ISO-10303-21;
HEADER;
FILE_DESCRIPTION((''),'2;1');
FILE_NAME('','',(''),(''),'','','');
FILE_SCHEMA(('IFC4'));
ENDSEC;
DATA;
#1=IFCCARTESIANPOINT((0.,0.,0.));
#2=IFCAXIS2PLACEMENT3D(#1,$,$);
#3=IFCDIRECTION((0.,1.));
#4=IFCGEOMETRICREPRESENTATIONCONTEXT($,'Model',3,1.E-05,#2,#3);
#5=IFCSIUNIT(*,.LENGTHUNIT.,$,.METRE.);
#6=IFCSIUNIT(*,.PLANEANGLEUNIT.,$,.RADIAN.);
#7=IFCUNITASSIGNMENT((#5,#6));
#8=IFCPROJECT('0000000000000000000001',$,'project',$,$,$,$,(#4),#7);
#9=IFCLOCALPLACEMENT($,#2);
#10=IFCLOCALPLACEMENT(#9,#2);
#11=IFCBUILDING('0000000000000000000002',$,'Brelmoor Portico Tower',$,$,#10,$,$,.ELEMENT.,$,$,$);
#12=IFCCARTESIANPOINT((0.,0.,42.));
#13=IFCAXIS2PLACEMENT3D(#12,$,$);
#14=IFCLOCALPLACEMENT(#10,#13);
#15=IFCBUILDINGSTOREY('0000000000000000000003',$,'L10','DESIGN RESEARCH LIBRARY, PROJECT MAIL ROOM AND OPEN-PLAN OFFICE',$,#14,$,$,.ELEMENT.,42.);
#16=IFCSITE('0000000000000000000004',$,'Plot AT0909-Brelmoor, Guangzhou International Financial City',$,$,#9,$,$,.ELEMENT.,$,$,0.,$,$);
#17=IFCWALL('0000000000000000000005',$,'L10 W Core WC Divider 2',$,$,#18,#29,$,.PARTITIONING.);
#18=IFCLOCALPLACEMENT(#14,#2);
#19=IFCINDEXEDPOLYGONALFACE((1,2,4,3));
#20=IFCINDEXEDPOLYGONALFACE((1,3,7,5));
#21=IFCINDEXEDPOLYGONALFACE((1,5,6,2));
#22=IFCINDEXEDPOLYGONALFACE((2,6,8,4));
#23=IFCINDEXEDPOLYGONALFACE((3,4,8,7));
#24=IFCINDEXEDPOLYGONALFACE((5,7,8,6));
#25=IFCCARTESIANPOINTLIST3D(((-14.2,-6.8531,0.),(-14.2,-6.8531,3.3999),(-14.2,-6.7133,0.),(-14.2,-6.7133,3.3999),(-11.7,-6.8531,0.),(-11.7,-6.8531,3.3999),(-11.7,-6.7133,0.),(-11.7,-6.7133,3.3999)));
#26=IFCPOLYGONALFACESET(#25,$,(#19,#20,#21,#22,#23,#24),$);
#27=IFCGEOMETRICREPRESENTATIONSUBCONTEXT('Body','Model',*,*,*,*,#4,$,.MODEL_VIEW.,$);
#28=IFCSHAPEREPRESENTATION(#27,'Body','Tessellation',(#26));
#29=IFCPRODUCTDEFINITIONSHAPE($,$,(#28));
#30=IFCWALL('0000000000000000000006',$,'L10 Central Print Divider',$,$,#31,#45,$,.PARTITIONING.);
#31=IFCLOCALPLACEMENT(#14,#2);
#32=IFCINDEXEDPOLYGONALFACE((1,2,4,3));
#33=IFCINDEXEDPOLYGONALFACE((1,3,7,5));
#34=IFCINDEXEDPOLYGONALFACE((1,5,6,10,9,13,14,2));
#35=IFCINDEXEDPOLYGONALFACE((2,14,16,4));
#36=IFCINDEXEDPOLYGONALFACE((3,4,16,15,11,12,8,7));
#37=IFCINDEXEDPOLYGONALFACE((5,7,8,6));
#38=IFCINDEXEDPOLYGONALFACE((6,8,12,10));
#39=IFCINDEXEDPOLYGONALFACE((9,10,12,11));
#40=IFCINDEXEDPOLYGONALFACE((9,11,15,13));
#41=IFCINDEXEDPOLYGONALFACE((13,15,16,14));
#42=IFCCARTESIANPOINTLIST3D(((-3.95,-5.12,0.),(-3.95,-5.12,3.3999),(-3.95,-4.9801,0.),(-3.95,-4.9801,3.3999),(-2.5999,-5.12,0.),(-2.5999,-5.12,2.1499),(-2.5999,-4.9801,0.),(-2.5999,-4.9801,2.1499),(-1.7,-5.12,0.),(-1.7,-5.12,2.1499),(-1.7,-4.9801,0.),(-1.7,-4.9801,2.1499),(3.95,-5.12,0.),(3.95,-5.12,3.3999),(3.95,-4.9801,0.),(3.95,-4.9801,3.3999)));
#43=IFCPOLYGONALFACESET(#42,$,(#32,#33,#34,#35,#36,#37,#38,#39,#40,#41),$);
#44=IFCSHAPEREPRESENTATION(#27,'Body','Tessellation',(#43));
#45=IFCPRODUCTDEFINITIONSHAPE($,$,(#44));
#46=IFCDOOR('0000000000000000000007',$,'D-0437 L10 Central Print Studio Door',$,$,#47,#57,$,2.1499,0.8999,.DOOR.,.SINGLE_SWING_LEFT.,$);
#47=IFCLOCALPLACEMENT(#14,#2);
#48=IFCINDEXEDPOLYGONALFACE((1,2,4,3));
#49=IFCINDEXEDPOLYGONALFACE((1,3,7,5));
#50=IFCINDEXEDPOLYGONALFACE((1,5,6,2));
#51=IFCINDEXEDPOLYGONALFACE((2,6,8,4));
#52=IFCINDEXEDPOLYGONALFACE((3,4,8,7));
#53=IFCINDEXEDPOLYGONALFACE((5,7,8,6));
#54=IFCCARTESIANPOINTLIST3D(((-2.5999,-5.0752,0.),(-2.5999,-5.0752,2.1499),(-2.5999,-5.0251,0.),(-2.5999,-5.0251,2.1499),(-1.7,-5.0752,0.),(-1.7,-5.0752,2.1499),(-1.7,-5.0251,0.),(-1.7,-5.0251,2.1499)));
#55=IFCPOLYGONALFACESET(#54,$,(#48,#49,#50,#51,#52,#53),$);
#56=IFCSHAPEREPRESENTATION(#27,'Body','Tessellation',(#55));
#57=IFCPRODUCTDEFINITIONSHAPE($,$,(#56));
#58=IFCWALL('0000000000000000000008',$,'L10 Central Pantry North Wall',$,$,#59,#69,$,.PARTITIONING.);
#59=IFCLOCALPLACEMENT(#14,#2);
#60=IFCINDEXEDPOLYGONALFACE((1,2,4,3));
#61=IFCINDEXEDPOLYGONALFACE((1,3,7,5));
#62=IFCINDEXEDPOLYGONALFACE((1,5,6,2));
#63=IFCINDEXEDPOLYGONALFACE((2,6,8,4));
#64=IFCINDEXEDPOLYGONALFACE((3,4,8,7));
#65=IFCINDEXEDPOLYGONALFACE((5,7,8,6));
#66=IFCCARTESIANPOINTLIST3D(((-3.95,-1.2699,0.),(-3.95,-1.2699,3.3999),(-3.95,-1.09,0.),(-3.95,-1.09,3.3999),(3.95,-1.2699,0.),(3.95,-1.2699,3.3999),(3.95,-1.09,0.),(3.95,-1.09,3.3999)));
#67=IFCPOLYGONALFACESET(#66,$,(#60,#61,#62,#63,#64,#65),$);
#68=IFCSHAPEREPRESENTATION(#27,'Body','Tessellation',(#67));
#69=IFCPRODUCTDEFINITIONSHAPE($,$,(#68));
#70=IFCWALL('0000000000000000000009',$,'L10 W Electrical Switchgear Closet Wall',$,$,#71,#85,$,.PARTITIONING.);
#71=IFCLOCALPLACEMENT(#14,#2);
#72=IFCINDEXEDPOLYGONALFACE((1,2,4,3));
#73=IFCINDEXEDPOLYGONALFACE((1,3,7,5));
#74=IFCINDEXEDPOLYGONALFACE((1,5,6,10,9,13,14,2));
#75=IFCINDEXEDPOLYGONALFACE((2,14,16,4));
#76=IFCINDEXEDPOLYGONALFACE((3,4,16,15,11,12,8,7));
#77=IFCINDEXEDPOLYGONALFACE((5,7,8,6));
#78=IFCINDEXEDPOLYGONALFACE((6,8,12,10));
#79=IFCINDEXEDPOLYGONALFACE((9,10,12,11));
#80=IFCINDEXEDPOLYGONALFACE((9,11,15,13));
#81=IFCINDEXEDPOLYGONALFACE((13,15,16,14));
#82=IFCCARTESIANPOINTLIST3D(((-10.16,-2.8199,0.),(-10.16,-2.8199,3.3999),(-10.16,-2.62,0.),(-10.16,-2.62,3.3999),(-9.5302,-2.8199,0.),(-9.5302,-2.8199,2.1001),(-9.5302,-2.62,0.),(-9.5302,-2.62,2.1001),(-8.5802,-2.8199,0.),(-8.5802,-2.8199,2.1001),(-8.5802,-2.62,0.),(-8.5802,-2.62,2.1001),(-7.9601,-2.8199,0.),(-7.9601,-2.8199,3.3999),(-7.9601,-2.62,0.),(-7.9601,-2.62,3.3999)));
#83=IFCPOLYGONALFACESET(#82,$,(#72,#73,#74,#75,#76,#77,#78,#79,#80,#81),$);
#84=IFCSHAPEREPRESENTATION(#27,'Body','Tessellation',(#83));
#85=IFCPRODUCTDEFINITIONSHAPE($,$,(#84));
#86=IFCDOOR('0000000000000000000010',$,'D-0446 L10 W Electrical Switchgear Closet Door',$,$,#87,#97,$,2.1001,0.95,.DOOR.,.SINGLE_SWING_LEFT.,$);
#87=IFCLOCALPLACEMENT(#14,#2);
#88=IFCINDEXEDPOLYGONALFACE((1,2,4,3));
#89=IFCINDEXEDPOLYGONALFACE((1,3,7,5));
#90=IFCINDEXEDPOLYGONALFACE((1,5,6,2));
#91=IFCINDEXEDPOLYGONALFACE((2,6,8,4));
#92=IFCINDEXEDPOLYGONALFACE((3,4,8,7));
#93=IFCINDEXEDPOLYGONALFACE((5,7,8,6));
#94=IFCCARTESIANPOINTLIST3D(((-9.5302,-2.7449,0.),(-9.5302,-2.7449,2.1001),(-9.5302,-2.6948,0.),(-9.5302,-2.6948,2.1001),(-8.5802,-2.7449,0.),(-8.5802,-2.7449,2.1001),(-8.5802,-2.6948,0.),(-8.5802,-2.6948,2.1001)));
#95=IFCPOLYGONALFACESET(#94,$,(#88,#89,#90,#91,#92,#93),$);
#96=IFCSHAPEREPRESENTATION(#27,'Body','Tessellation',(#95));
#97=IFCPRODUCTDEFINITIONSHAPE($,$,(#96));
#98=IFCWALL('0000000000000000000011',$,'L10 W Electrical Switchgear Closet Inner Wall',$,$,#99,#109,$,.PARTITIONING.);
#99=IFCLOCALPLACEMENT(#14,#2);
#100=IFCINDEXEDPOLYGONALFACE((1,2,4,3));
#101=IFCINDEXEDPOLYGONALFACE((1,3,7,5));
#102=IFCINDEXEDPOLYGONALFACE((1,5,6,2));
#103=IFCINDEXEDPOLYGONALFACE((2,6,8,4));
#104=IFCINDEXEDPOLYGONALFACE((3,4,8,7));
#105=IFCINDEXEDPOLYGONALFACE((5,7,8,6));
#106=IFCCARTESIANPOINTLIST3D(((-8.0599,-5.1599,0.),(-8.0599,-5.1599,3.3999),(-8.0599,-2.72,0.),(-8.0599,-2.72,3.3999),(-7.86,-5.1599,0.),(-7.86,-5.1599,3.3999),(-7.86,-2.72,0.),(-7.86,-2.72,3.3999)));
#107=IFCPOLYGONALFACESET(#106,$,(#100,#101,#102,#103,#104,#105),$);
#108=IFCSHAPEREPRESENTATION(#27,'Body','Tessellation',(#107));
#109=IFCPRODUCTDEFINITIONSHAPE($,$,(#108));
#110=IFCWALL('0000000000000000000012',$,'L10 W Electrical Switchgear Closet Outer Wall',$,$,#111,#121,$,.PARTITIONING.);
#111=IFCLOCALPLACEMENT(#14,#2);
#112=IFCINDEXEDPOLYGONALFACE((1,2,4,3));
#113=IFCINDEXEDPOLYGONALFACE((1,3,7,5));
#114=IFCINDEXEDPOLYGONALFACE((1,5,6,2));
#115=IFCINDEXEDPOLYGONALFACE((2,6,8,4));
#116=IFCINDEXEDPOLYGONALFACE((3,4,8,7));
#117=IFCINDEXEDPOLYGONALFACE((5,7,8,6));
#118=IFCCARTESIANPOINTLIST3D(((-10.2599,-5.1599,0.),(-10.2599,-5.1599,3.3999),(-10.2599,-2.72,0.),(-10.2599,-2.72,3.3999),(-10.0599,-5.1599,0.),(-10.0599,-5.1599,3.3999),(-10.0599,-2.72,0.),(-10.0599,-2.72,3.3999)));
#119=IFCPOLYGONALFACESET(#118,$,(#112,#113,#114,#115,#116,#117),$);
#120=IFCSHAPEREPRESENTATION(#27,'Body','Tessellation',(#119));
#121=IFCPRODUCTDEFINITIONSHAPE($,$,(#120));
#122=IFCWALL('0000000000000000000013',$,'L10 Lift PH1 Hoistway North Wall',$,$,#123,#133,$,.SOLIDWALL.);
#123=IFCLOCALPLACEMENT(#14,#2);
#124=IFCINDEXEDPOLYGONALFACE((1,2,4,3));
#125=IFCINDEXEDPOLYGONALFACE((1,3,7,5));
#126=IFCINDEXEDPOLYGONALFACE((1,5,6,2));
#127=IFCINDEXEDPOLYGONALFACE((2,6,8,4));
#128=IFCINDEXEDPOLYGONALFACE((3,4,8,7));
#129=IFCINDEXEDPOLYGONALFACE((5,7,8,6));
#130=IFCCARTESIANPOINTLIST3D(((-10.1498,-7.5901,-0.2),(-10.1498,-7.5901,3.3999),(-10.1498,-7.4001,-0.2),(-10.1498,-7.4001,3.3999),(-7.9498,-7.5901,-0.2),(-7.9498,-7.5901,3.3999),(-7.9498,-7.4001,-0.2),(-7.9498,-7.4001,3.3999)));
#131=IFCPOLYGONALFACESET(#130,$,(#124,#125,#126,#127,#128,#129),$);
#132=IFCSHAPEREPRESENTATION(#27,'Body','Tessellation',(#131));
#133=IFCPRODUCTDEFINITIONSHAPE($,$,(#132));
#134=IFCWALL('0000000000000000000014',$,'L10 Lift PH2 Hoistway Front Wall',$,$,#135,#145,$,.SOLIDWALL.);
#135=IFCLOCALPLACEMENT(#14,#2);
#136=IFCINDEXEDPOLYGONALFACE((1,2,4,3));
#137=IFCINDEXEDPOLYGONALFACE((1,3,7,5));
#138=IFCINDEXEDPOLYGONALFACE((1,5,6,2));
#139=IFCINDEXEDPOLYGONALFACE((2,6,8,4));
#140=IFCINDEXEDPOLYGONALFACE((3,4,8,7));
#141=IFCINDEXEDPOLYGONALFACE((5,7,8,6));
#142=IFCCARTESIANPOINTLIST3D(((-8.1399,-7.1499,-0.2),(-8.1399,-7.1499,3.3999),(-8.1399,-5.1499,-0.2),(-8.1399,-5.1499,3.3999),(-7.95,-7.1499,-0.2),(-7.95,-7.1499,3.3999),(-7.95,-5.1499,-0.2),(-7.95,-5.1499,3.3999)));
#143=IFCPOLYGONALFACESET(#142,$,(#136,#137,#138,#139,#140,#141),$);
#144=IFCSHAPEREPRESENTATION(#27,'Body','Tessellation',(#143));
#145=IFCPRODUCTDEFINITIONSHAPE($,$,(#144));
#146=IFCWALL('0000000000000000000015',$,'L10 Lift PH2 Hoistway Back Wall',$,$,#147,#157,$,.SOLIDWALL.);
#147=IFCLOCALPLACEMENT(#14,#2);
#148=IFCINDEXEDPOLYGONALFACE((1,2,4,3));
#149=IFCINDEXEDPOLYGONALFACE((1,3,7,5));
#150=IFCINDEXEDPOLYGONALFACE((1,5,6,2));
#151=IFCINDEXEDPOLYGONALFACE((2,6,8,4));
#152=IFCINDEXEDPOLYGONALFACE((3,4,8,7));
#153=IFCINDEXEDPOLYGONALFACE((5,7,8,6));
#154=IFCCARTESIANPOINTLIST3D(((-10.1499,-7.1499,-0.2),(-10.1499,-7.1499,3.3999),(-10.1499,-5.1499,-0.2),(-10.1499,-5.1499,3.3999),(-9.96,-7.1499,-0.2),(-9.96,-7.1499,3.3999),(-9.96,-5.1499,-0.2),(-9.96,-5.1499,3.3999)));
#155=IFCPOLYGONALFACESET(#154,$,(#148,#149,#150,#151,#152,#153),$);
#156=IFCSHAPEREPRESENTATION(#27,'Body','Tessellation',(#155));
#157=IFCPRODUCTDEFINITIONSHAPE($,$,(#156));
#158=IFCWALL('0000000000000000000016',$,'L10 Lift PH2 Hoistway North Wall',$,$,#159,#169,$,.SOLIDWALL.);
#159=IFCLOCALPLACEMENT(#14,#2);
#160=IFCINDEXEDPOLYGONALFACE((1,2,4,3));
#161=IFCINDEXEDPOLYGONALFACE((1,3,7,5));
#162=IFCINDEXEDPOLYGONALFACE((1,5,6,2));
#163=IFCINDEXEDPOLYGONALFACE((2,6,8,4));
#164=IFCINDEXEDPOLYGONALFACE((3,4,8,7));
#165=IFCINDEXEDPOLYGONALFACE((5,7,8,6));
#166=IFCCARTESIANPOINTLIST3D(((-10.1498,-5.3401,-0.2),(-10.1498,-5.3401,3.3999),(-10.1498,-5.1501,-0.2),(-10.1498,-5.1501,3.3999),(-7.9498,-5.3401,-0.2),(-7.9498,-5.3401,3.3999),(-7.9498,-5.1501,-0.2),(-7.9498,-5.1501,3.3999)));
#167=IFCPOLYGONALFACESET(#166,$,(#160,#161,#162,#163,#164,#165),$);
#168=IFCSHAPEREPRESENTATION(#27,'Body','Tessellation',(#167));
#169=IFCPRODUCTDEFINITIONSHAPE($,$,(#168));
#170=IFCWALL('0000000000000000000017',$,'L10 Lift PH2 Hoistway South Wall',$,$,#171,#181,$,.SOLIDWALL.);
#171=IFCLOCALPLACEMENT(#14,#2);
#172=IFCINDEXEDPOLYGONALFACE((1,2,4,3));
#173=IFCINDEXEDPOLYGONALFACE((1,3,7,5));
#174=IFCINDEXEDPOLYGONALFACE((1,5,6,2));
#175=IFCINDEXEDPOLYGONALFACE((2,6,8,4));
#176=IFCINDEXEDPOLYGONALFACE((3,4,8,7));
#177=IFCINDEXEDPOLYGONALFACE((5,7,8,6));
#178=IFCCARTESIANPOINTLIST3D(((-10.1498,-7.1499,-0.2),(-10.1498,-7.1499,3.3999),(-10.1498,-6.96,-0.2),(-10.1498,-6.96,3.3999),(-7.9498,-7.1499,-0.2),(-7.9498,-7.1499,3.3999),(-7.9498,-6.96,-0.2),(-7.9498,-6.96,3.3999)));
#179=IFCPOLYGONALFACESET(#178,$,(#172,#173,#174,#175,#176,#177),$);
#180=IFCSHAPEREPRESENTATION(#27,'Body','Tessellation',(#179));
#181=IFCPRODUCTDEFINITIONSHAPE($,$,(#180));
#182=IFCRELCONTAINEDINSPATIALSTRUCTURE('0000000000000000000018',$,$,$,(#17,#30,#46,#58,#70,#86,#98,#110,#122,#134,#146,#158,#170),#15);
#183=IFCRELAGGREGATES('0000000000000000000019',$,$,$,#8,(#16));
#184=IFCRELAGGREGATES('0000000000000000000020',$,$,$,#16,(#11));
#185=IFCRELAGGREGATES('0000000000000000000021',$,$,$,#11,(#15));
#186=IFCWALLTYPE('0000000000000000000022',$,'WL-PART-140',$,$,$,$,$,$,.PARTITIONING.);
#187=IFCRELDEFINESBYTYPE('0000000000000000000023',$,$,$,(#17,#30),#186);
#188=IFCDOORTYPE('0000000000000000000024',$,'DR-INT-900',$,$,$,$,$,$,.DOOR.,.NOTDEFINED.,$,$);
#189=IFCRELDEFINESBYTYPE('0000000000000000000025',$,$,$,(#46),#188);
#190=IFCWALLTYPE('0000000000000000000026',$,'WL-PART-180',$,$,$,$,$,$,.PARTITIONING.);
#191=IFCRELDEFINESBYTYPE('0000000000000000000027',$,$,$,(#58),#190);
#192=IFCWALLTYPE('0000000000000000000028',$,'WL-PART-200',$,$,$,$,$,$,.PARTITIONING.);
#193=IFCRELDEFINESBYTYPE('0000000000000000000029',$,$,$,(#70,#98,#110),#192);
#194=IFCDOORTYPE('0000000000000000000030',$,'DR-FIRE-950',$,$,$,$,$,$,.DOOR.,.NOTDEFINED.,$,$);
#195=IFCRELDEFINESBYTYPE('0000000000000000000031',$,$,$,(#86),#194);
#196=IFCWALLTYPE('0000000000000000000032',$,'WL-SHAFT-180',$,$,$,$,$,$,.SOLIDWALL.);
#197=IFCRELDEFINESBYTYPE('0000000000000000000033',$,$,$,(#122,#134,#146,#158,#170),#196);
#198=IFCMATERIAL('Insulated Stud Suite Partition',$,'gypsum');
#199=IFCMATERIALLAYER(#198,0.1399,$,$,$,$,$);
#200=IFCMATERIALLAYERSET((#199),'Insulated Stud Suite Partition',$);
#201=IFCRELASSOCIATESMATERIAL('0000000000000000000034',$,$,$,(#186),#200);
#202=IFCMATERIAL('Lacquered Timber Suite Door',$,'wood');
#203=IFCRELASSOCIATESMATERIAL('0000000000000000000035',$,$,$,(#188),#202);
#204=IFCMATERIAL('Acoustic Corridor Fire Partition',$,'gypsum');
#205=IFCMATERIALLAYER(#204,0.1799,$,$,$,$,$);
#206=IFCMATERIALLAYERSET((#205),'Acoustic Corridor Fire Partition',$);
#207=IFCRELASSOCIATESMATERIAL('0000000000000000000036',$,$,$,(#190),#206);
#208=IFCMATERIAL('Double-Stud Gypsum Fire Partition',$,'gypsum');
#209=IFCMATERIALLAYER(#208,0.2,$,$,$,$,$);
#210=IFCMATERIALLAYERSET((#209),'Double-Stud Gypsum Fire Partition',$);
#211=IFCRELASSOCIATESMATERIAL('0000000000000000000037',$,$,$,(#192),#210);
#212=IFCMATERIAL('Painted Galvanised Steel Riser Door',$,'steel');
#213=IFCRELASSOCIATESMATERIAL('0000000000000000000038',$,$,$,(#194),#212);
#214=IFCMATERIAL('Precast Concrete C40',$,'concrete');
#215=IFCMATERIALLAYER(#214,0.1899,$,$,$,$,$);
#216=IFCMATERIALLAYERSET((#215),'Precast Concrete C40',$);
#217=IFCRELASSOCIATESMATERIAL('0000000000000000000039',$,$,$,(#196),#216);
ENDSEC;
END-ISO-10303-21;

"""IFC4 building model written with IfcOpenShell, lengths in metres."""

from ifc_helpers import new_model, si_unit, direction, frame, frame_2d, origin, place, context, subcontext, project, spatial, rectangle, extrude, material, layer, layer_set, type_object, element, fill, save


model = new_model("IFC4")

# Units and contexts
model_context = context("Model", 3, precision=1e-05, world=origin(), true_north=direction((0.0, 1.0)))
body_context = subcontext(model_context, "Body", "Model", "MODEL_VIEW")
ifc_project = project(units=[si_unit("LENGTHUNIT", "METRE"), si_unit("PLANEANGLEUNIT", "RADIAN")], contexts=[model_context])

# Site, building, storey
site_placement = place(None, origin())
site = spatial("IfcSite", under=ifc_project, at=site_placement, Name="Plot AT0909-Brelmoor, Guangzhou International Financial City", CompositionType="ELEMENT", RefElevation=0.0)
building_placement = place(site_placement, origin())
building = spatial("IfcBuilding", under=site, at=building_placement, Name="Brelmoor Portico Tower", CompositionType="ELEMENT")
storey_placement = place(building_placement, frame((0.0, 0.0, 42.0)))
storey = spatial("IfcBuildingStorey", under=building, at=storey_placement, Name="L10", Description="DESIGN RESEARCH LIBRARY, PROJECT MAIL ROOM AND OPEN-PLAN OFFICE", CompositionType="ELEMENT", Elevation=42.0)

# Wall
ifc_material_1 = material(Name="Insulated Stud Suite Partition", Category="gypsum")
ifc_layer_1 = layer(ifc_material_1, 0.1399)
ifc_layer_set_1 = layer_set([ifc_layer_1], Name="Insulated Stud Suite Partition")
wall_type_1 = type_object("IfcWallType", Name="WL-PART-140", PredefinedType="PARTITIONING", material=ifc_layer_set_1)
wall_1_placement = place(storey_placement, frame((-11.7, -6.7832, 0.0), z_axis=(0.0, 0.0, 1.0), x_axis=(-1.0, 0.0, 0.0)))
element("IfcWall", 1, at=wall_1_placement, inside=storey, type_object=wall_type_1, Name="L10 W Core WC Divider 2", PredefinedType="PARTITIONING", context=body_context, shape_type="SweptSolid", body=[
    extrude(rectangle(XDim=2.5, YDim=0.1399, at=frame_2d((1.25, 0.0))), origin(), (0.0, 0.0, 1.0), 3.3999),
])

# Wall, opening, door
wall_2_placement = place(storey_placement, frame((-3.95, -5.05, 0.0), z_axis=(0.0, 0.0, 1.0), x_axis=(1.0, 0.0, 0.0)))
wall_2 = element("IfcWall", 2, at=wall_2_placement, inside=storey, type_object=wall_type_1, Name="L10 Central Print Divider", PredefinedType="PARTITIONING", context=body_context, shape_type="SweptSolid", body=[
    extrude(rectangle(XDim=7.8999, YDim=0.1399, at=frame_2d((3.95, 0.0))), origin(), (0.0, 0.0, 1.0), 3.3999),
])
opening_1_placement = place(wall_2_placement, frame((1.3501, 0.0, 0.0)))
opening_1 = element("IfcOpeningElement", 3, at=opening_1_placement, cuts=wall_2, PredefinedType="OPENING", context=body_context, shape_type="SweptSolid", body=[
    extrude(rectangle(XDim=0.8999, YDim=2.1499, at=frame_2d((0.45, 1.075))), frame((0.0, 0.0798, 0.0), z_axis=(0.0, -1.0, 0.0), x_axis=(1.0, 0.0, 0.0)), (0.0, 0.0, 1.0), 0.1599),
])
ifc_material_2 = material(Name="Lacquered Timber Suite Door", Category="wood")
door_type_1 = type_object("IfcDoorType", Name="DR-INT-900", OperationType="NOTDEFINED", PredefinedType="DOOR", material=ifc_material_2)
door_1_placement = place(opening_1_placement, origin())
door_1 = element("IfcDoor", 4, at=door_1_placement, inside=storey, type_object=door_type_1, Name="D-0437 L10 Central Print Studio Door", OperationType="SINGLE_SWING_LEFT", OverallHeight=2.1499, OverallWidth=0.8999, PredefinedType="DOOR", context=body_context, shape_type="SweptSolid", body=[
    extrude(rectangle(XDim=0.8999, YDim=2.1499, at=frame_2d((0.45, 1.075))), frame((0.0, 0.0249, 0.0), z_axis=(0.0, -1.0, 0.0), x_axis=(1.0, 0.0, 0.0)), (0.0, 0.0, 1.0), 0.05),
])
fill(opening_1, door_1)

# Wall
ifc_material_3 = material(Name="Acoustic Corridor Fire Partition", Category="gypsum")
ifc_layer_2 = layer(ifc_material_3, 0.1799)
ifc_layer_set_2 = layer_set([ifc_layer_2], Name="Acoustic Corridor Fire Partition")
wall_type_2 = type_object("IfcWallType", Name="WL-PART-180", PredefinedType="PARTITIONING", material=ifc_layer_set_2)
wall_3_placement = place(storey_placement, frame((-3.95, -1.1799, 0.0), z_axis=(0.0, 0.0, 1.0), x_axis=(1.0, 0.0, 0.0)))
element("IfcWall", 5, at=wall_3_placement, inside=storey, type_object=wall_type_2, Name="L10 Central Pantry North Wall", PredefinedType="PARTITIONING", context=body_context, shape_type="SweptSolid", body=[
    extrude(rectangle(XDim=7.8999, YDim=0.1799, at=frame_2d((3.95, 0.0))), origin(), (0.0, 0.0, 1.0), 3.3999),
])

# Wall, opening, door
ifc_material_4 = material(Name="Double-Stud Gypsum Fire Partition", Category="gypsum")
ifc_layer_3 = layer(ifc_material_4, 0.2)
ifc_layer_set_3 = layer_set([ifc_layer_3], Name="Double-Stud Gypsum Fire Partition")
wall_type_3 = type_object("IfcWallType", Name="WL-PART-200", PredefinedType="PARTITIONING", material=ifc_layer_set_3)
wall_4_placement = place(storey_placement, frame((-7.96, -2.72, 0.0), z_axis=(0.0, 0.0, 1.0), x_axis=(-1.0, 0.0, 0.0)))
wall_4 = element("IfcWall", 6, at=wall_4_placement, inside=storey, type_object=wall_type_3, Name="L10 W Electrical Switchgear Closet Wall", PredefinedType="PARTITIONING", context=body_context, shape_type="SweptSolid", body=[
    extrude(rectangle(XDim=2.2, YDim=0.2, at=frame_2d((1.1001, 0.0))), origin(), (0.0, 0.0, 1.0), 3.3999),
])
opening_2_placement = place(wall_4_placement, frame((0.6201, 0.0, 0.0)))
opening_2 = element("IfcOpeningElement", 7, at=opening_2_placement, cuts=wall_4, PredefinedType="OPENING", context=body_context, shape_type="SweptSolid", body=[
    extrude(rectangle(XDim=0.95, YDim=2.1001, at=frame_2d((0.4751, 1.05))), frame((0.0, 0.1099, 0.0), z_axis=(0.0, -1.0, 0.0), x_axis=(1.0, 0.0, 0.0)), (0.0, 0.0, 1.0), 0.22),
])
ifc_material_5 = material(Name="Painted Galvanised Steel Riser Door", Category="steel")
door_type_2 = type_object("IfcDoorType", Name="DR-FIRE-950", OperationType="NOTDEFINED", PredefinedType="DOOR", material=ifc_material_5)
door_2_placement = place(opening_2_placement, origin())
door_2 = element("IfcDoor", 8, at=door_2_placement, inside=storey, type_object=door_type_2, Name="D-0446 L10 W Electrical Switchgear Closet Door", OperationType="SINGLE_SWING_LEFT", OverallHeight=2.1001, OverallWidth=0.95, PredefinedType="DOOR", context=body_context, shape_type="SweptSolid", body=[
    extrude(rectangle(XDim=0.95, YDim=2.1001, at=frame_2d((0.4751, 1.05))), frame((0.0, 0.0249, 0.0), z_axis=(0.0, -1.0, 0.0), x_axis=(1.0, 0.0, 0.0)), (0.0, 0.0, 1.0), 0.05),
])
fill(opening_2, door_2)

# Walls
for number, where, z_axis, x_axis, name in (
    (9, (-7.96, -5.1599, 0.0), (0.0, 0.0, 1.0), (0.0, 1.0, 0.0), "L10 W Electrical Switchgear Closet Inner Wall"),
    (10, (-10.1599, -5.1599, 0.0), (0.0, 0.0, 1.0), (0.0, 1.0, 0.0), "L10 W Electrical Switchgear Closet Outer Wall"),
):
    element("IfcWall", number, at=place(storey_placement, frame(where, z_axis=z_axis, x_axis=x_axis)), inside=storey, type_object=wall_type_3, Name=name, PredefinedType="PARTITIONING", context=body_context, shape_type="SweptSolid", body=[
        extrude(rectangle(XDim=2.4399, YDim=0.2, at=frame_2d((1.22, 0.0))), origin(), (0.0, 0.0, 1.0), 3.3999),
    ])
ifc_material_6 = material(Name="Precast Concrete C40", Category="concrete")
ifc_layer_4 = layer(ifc_material_6, 0.1899)
ifc_layer_set_4 = layer_set([ifc_layer_4], Name="Precast Concrete C40")
wall_type_4 = type_object("IfcWallType", Name="WL-SHAFT-180", PredefinedType="SOLIDWALL", material=ifc_layer_set_4)
wall_5_placement = place(storey_placement, frame((-10.1499, -7.4951, -0.2), z_axis=(0.0, 0.0, 1.0), x_axis=(1.0, 0.0, 0.0)))
element("IfcWall", 11, at=wall_5_placement, inside=storey, type_object=wall_type_4, Name="L10 Lift PH1 Hoistway North Wall", PredefinedType="SOLIDWALL", context=body_context, shape_type="SweptSolid", body=[
    extrude(rectangle(XDim=2.2, YDim=0.1899, at=frame_2d((1.1001, 0.0))), origin(), (0.0, 0.0, 1.0), 3.5999),
])
for number, where, z_axis, x_axis, name in (
    (12, (-8.0449, -7.1499, -0.2), (0.0, 0.0, 1.0), (0.0, 1.0, 0.0), "L10 Lift PH2 Hoistway Front Wall"),
    (13, (-10.0549, -7.1499, -0.2), (0.0, 0.0, 1.0), (0.0, 1.0, 0.0), "L10 Lift PH2 Hoistway Back Wall"),
):
    element("IfcWall", number, at=place(storey_placement, frame(where, z_axis=z_axis, x_axis=x_axis)), inside=storey, type_object=wall_type_4, Name=name, PredefinedType="SOLIDWALL", context=body_context, shape_type="SweptSolid", body=[
        extrude(rectangle(XDim=2.0, YDim=0.1899, at=frame_2d((1.0, 0.0))), origin(), (0.0, 0.0, 1.0), 3.5999),
    ])
for number, where, z_axis, x_axis, name in (
    (14, (-10.1499, -5.2451, -0.2), (0.0, 0.0, 1.0), (1.0, 0.0, 0.0), "L10 Lift PH2 Hoistway North Wall"),
    (15, (-10.1499, -7.0549, -0.2), (0.0, 0.0, 1.0), (1.0, 0.0, 0.0), "L10 Lift PH2 Hoistway South Wall"),
):
    element("IfcWall", number, at=place(storey_placement, frame(where, z_axis=z_axis, x_axis=x_axis)), inside=storey, type_object=wall_type_4, Name=name, PredefinedType="SOLIDWALL", context=body_context, shape_type="SweptSolid", body=[
        extrude(rectangle(XDim=2.2, YDim=0.1899, at=frame_2d((1.1001, 0.0))), origin(), (0.0, 0.0, 1.0), 3.5999),
    ])

save(model, "model.ifc")
